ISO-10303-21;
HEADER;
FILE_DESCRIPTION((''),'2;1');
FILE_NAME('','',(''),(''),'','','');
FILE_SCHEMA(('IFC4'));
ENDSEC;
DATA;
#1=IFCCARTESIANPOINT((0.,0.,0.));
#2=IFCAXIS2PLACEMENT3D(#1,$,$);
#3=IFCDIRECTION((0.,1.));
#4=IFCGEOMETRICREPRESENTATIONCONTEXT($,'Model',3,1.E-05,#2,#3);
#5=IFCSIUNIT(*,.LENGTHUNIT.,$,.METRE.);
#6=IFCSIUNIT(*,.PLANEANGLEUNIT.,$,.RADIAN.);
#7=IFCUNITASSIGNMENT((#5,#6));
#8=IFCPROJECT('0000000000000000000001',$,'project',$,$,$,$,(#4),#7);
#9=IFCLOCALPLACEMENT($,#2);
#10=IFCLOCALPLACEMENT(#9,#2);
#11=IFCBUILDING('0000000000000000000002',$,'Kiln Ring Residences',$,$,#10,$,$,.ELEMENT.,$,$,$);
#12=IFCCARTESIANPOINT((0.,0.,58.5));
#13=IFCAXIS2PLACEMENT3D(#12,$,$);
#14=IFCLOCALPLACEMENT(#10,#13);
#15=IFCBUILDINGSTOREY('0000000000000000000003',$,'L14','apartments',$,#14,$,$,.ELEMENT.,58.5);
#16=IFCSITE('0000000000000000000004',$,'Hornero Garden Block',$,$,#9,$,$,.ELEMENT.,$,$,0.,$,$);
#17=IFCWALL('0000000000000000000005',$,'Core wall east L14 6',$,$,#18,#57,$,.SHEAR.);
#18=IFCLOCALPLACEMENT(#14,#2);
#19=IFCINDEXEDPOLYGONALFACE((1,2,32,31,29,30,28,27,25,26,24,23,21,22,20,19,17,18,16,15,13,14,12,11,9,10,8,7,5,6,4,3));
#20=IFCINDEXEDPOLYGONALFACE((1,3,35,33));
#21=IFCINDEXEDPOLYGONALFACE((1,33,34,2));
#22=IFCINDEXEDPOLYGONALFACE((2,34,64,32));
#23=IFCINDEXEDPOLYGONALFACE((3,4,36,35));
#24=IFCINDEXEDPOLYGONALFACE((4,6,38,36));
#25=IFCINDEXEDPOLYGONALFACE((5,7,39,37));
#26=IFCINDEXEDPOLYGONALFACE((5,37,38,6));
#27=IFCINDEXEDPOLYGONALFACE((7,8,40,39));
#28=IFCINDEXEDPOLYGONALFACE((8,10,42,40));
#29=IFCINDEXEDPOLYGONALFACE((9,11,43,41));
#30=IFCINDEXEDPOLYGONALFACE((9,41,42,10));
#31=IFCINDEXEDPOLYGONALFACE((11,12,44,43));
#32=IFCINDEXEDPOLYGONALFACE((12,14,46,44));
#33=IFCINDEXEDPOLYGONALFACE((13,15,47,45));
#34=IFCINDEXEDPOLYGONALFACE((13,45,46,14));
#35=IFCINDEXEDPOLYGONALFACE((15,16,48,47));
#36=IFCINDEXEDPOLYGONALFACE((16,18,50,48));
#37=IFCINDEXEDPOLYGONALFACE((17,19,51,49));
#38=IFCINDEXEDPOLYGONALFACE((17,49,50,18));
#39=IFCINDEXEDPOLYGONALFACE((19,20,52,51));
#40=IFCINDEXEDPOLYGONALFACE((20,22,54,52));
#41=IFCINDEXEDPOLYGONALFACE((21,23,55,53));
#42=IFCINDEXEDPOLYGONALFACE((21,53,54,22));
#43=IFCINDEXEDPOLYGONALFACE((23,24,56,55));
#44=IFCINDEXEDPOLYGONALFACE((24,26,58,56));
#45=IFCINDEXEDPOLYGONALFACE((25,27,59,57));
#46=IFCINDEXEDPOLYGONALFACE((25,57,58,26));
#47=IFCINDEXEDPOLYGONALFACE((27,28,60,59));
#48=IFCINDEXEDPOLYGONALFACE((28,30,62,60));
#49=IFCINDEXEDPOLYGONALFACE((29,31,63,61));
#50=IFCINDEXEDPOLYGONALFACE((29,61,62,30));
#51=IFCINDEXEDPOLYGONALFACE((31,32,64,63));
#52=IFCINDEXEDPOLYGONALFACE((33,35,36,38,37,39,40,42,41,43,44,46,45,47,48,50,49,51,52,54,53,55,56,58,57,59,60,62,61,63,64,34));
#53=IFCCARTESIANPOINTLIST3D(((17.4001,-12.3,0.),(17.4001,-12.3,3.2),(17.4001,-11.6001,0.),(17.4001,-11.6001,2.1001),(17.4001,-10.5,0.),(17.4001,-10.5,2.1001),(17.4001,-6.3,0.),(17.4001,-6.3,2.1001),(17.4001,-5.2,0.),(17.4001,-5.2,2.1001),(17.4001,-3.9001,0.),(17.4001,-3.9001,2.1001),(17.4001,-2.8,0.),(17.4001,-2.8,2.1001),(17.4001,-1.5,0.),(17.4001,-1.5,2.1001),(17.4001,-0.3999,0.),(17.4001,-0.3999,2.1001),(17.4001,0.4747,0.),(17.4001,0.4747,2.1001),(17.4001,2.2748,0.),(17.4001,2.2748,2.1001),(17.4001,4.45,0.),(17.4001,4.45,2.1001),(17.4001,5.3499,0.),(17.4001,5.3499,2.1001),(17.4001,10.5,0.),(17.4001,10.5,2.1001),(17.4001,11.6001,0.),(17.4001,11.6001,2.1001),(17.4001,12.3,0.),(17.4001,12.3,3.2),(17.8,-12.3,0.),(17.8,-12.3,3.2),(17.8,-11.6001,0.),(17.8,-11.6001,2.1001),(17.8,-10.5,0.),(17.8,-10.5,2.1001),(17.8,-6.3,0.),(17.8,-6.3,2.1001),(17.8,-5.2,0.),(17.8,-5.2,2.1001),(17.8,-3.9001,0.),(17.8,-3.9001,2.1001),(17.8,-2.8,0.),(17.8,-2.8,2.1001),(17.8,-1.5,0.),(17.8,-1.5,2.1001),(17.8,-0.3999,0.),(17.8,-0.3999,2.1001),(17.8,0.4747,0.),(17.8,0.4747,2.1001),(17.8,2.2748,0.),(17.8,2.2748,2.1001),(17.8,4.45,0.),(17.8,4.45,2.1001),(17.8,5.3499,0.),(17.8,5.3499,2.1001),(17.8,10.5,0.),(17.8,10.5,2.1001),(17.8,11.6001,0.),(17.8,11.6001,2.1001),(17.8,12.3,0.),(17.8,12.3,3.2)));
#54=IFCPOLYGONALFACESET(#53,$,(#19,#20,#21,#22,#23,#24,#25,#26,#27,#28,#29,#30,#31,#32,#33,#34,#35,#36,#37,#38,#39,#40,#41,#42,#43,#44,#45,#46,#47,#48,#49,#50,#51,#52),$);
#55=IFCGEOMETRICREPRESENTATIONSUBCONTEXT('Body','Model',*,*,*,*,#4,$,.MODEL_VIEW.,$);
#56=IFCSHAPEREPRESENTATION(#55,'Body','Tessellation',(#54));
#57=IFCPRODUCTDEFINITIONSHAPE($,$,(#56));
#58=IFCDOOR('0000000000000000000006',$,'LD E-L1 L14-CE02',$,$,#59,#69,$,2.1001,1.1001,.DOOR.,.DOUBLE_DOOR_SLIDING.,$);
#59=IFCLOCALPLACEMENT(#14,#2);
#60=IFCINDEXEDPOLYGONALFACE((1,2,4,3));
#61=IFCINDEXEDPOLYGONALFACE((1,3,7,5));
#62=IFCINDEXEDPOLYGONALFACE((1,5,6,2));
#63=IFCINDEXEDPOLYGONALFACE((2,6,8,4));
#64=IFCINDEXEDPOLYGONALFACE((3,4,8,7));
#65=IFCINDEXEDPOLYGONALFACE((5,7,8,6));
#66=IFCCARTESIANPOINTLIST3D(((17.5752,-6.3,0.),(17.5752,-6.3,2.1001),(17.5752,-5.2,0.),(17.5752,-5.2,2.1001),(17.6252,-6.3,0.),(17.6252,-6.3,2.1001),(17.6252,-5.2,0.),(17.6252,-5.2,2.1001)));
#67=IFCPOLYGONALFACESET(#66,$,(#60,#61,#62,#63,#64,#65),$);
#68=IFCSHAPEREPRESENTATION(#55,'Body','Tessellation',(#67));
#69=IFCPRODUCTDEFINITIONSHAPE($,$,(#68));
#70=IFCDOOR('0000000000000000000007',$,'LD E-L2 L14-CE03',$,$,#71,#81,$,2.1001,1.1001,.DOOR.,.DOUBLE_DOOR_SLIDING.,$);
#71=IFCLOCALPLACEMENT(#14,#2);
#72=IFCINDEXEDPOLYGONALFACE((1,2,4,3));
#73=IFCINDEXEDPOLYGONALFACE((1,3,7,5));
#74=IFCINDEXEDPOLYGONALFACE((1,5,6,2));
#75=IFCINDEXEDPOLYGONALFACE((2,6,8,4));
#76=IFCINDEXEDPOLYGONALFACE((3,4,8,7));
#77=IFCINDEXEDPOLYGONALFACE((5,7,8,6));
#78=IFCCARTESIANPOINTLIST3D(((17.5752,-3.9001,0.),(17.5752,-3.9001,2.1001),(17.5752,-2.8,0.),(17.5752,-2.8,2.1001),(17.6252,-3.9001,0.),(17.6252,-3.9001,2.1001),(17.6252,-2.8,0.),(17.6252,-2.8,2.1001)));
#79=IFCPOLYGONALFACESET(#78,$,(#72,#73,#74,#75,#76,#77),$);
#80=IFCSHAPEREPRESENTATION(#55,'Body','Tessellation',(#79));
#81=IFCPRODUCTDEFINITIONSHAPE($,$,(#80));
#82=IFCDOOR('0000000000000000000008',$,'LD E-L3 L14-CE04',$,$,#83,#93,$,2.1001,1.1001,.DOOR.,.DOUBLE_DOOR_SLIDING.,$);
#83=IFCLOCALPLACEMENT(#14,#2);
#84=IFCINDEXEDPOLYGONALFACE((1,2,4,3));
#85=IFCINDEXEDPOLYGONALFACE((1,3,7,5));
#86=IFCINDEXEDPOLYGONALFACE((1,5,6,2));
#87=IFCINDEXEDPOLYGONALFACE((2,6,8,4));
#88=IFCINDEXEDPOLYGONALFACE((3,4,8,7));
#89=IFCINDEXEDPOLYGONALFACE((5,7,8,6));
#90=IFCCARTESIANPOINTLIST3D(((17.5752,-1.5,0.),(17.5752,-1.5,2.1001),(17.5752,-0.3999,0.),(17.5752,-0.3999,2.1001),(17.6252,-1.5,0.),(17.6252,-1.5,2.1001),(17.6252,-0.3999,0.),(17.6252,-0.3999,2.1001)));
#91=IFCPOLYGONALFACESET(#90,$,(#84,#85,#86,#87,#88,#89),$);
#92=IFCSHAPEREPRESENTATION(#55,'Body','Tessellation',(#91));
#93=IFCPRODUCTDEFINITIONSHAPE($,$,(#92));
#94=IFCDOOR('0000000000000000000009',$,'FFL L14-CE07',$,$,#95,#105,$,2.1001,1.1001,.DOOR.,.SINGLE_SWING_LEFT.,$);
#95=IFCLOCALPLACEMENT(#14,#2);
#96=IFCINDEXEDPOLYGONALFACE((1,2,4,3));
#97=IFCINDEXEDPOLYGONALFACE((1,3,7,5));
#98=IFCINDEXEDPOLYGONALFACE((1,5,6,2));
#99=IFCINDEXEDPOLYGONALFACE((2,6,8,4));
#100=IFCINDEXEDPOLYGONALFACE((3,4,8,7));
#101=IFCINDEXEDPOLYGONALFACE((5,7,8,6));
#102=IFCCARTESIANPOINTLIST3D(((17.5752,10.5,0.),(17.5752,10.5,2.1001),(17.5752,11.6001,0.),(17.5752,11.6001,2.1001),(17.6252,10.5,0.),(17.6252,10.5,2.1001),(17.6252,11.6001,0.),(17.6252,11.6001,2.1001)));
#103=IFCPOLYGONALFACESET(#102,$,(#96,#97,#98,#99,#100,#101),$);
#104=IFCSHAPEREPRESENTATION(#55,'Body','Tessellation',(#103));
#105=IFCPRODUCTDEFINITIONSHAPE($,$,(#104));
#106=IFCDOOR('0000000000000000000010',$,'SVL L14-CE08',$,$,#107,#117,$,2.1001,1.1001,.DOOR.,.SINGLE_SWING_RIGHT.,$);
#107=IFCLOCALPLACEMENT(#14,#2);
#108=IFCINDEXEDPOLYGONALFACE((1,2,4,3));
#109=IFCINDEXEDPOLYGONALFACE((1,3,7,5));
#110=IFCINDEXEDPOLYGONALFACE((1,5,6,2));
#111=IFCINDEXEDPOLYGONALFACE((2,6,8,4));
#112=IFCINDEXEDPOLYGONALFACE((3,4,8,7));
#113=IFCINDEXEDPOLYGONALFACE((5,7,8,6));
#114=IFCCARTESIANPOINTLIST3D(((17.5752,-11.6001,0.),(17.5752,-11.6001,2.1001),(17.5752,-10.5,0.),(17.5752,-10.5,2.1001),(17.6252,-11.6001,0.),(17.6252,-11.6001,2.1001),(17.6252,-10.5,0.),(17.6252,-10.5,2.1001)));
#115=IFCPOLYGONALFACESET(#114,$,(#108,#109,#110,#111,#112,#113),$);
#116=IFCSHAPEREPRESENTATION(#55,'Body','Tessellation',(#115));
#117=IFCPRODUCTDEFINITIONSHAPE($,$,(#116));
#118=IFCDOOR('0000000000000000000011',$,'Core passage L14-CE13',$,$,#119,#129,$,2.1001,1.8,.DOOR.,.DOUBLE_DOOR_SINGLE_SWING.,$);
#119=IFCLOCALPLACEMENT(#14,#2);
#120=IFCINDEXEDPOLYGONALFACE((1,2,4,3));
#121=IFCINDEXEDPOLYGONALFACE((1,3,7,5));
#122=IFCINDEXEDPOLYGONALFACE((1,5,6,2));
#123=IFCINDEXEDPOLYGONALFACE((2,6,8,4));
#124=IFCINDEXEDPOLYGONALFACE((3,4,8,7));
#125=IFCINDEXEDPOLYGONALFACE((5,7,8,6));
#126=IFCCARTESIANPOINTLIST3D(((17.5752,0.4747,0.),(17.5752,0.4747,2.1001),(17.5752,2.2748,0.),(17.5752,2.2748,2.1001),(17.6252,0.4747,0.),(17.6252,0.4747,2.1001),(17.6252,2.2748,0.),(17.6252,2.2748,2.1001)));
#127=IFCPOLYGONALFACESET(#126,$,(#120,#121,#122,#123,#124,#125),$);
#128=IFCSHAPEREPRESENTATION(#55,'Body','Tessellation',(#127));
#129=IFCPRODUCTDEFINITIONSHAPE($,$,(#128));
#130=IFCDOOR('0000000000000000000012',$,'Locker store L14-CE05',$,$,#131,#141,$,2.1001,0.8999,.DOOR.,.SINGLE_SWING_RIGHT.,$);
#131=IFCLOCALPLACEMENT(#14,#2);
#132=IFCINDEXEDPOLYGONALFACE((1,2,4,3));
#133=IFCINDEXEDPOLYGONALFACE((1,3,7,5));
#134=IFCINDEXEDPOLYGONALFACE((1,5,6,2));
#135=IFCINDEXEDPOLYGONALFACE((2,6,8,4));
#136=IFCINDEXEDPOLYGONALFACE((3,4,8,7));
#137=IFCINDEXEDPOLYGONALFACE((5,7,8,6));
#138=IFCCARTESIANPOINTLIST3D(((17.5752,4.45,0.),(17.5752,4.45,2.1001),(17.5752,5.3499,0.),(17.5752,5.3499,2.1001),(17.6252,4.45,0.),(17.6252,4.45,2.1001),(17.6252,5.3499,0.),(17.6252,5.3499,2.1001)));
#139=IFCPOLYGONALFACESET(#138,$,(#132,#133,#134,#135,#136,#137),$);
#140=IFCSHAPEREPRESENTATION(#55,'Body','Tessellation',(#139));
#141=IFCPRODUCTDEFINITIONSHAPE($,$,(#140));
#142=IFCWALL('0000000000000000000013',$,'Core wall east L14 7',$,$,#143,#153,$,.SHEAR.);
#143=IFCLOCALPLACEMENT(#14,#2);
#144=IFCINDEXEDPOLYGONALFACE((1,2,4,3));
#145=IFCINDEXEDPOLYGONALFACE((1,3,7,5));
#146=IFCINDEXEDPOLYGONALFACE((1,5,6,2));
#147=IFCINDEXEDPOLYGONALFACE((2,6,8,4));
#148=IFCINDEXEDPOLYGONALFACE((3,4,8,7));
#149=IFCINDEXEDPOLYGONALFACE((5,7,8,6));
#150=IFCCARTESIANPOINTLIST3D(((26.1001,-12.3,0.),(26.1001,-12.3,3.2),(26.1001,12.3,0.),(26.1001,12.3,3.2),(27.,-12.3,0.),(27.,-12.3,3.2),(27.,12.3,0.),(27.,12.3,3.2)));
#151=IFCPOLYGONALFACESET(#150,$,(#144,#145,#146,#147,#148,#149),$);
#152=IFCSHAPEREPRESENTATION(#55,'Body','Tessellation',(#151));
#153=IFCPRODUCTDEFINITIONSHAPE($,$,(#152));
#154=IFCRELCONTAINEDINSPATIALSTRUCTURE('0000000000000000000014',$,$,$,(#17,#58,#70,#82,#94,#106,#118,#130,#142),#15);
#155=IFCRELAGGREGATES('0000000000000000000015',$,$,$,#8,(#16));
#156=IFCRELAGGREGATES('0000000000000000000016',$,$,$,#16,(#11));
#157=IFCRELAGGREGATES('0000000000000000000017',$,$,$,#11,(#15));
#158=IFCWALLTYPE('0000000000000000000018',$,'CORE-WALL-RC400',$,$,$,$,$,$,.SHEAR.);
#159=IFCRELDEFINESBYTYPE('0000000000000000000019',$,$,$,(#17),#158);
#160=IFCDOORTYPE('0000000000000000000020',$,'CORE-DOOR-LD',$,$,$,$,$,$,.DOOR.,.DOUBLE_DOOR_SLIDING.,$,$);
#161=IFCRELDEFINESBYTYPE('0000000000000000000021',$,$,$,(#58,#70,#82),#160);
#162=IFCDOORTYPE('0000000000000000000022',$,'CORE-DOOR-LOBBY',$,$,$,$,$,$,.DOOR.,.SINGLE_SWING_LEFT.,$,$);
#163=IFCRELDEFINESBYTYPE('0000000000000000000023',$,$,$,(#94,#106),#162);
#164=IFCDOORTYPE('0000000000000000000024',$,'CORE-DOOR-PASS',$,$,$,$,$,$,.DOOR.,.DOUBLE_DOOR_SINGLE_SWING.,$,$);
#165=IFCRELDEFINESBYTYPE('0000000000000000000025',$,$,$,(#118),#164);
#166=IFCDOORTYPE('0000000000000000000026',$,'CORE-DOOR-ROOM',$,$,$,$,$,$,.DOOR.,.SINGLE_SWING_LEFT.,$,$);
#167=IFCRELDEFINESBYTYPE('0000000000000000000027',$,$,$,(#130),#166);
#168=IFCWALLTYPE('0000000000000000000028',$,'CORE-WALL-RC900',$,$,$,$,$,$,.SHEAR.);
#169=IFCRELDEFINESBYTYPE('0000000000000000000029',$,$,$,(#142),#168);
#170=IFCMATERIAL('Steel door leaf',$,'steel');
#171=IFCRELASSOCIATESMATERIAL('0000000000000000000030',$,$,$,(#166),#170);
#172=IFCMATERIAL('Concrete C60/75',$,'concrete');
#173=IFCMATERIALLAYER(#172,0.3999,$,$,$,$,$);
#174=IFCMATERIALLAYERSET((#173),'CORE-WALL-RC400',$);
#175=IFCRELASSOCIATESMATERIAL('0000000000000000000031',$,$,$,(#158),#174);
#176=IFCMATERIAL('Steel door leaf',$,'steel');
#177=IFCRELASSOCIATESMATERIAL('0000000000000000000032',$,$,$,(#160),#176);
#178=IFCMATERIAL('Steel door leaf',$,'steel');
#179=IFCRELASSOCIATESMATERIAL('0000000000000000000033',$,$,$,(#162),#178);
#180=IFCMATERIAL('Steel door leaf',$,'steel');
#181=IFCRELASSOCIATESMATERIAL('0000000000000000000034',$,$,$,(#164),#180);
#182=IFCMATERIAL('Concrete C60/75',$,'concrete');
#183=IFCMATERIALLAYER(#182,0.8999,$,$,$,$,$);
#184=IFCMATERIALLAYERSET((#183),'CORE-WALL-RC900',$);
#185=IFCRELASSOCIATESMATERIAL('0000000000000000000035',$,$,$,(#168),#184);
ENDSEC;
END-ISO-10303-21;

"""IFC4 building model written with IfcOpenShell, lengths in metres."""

from ifc_helpers import new_model, si_unit, direction, frame, frame_2d, origin, place, context, subcontext, project, spatial, rectangle, extrude, material, layer, layer_set, type_object, element, fill, save


model = new_model("IFC4")

# Units and contexts
model_context = context("Model", 3, precision=1e-05, world=origin(), true_north=direction((0.0, 1.0)))
body_context = subcontext(model_context, "Body", "Model", "MODEL_VIEW")
ifc_project = project(units=[si_unit("LENGTHUNIT", "METRE"), si_unit("PLANEANGLEUNIT", "RADIAN")], contexts=[model_context])

# Site, building, storey
site_placement = place(None, origin())
site = spatial("IfcSite", under=ifc_project, at=site_placement, Name="Hornero Garden Block", CompositionType="ELEMENT", RefElevation=0.0)
building_placement = place(site_placement, origin())
building = spatial("IfcBuilding", under=site, at=building_placement, Name="Kiln Ring Residences", CompositionType="ELEMENT")
storey_placement = place(building_placement, frame((0.0, 0.0, 58.5)))
storey = spatial("IfcBuildingStorey", under=building, at=storey_placement, Name="L14", Description="apartments", CompositionType="ELEMENT", Elevation=58.5)

# Shared definitions
ifc_material_1 = material(Name="Steel door leaf", Category="steel")
door_type_1 = type_object("IfcDoorType", Name="CORE-DOOR-ROOM", OperationType="SINGLE_SWING_LEFT", PredefinedType="DOOR", material=ifc_material_1)

# Wall, openings, doors
ifc_material_2 = material(Name="Concrete C60/75", Category="concrete")
ifc_layer_1 = layer(ifc_material_2, 0.3999)
ifc_layer_set_1 = layer_set([ifc_layer_1], Name="CORE-WALL-RC400")
wall_type_1 = type_object("IfcWallType", Name="CORE-WALL-RC400", PredefinedType="SHEAR", material=ifc_layer_set_1)
wall_1_placement = place(storey_placement, frame((17.6001, -12.3, 0.0), z_axis=(0.0, 0.0, 1.0), x_axis=(0.0, 1.0, 0.0)))
wall_1 = element("IfcWall", 1, at=wall_1_placement, inside=storey, type_object=wall_type_1, Name="Core wall east L14 6", PredefinedType="SHEAR", context=body_context, shape_type="SweptSolid", body=[
    extrude(rectangle(XDim=24.6001, YDim=0.3999, at=frame_2d((12.3, 0.0))), origin(), (0.0, 0.0, 1.0), 3.2),
])
opening_1_placement = place(wall_1_placement, frame((6.0, 0.0, 0.0)))
opening_1 = element("IfcOpeningElement", 2, at=opening_1_placement, cuts=wall_1, PredefinedType="OPENING", context=body_context, shape_type="SweptSolid", body=[
    extrude(rectangle(XDim=1.1001, YDim=2.1001, at=frame_2d((0.55, 1.05))), frame((0.0, 0.21, 0.0), z_axis=(0.0, -1.0, 0.0), x_axis=(1.0, 0.0, 0.0)), (0.0, 0.0, 1.0), 0.4199),
])
opening_2_placement = place(wall_1_placement, frame((8.3999, 0.0, 0.0)))
opening_2 = element("IfcOpeningElement", 3, at=opening_2_placement, cuts=wall_1, PredefinedType="OPENING", context=body_context, shape_type="SweptSolid", body=[
    extrude(rectangle(XDim=1.1001, YDim=2.1001, at=frame_2d((0.55, 1.05))), frame((0.0, 0.21, 0.0), z_axis=(0.0, -1.0, 0.0), x_axis=(1.0, 0.0, 0.0)), (0.0, 0.0, 1.0), 0.4199),
])
opening_3_placement = place(wall_1_placement, frame((10.8, 0.0, 0.0)))
opening_3 = element("IfcOpeningElement", 4, at=opening_3_placement, cuts=wall_1, PredefinedType="OPENING", context=body_context, shape_type="SweptSolid", body=[
    extrude(rectangle(XDim=1.1001, YDim=2.1001, at=frame_2d((0.55, 1.05))), frame((0.0, 0.21, 0.0), z_axis=(0.0, -1.0, 0.0), x_axis=(1.0, 0.0, 0.0)), (0.0, 0.0, 1.0), 0.4199),
])
opening_4_placement = place(wall_1_placement, frame((16.75, 0.0, 0.0)))
opening_4 = element("IfcOpeningElement", 5, at=opening_4_placement, cuts=wall_1, PredefinedType="OPENING", context=body_context, shape_type="SweptSolid", body=[
    extrude(rectangle(XDim=0.8999, YDim=2.1001, at=frame_2d((0.45, 1.05))), frame((0.0, 0.21, 0.0), z_axis=(0.0, -1.0, 0.0), x_axis=(1.0, 0.0, 0.0)), (0.0, 0.0, 1.0), 0.4199),
])
opening_5_placement = place(wall_1_placement, frame((22.8, 0.0, 0.0)))
opening_5 = element("IfcOpeningElement", 6, at=opening_5_placement, cuts=wall_1, PredefinedType="OPENING", context=body_context, shape_type="SweptSolid", body=[
    extrude(rectangle(XDim=1.1001, YDim=2.1001, at=frame_2d((0.55, 1.05))), frame((0.0, 0.21, 0.0), z_axis=(0.0, -1.0, 0.0), x_axis=(1.0, 0.0, 0.0)), (0.0, 0.0, 1.0), 0.4199),
])
opening_6_placement = place(wall_1_placement, frame((0.7, 0.0, 0.0)))
opening_6 = element("IfcOpeningElement", 7, at=opening_6_placement, cuts=wall_1, PredefinedType="OPENING", context=body_context, shape_type="SweptSolid", body=[
    extrude(rectangle(XDim=1.1001, YDim=2.1001, at=frame_2d((0.55, 1.05))), frame((0.0, 0.21, 0.0), z_axis=(0.0, -1.0, 0.0), x_axis=(1.0, 0.0, 0.0)), (0.0, 0.0, 1.0), 0.4199),
])
opening_7_placement = place(wall_1_placement, frame((12.7749, 0.0, 0.0)))
opening_7 = element("IfcOpeningElement", 8, at=opening_7_placement, cuts=wall_1, PredefinedType="OPENING", context=body_context, shape_type="SweptSolid", body=[
    extrude(rectangle(XDim=1.8, YDim=2.1001, at=frame_2d((0.8999, 1.05))), frame((0.0, 0.21, 0.0), z_axis=(0.0, -1.0, 0.0), x_axis=(1.0, 0.0, 0.0)), (0.0, 0.0, 1.0), 0.4199),
])
ifc_material_3 = material(Name="Steel door leaf", Category="steel")
door_type_2 = type_object("IfcDoorType", Name="CORE-DOOR-LD", OperationType="DOUBLE_DOOR_SLIDING", PredefinedType="DOOR", material=ifc_material_3)
door_1_placement = place(opening_1_placement, origin())
door_1 = element("IfcDoor", 9, at=door_1_placement, inside=storey, type_object=door_type_2, Name="LD E-L1 L14-CE02", OperationType="DOUBLE_DOOR_SLIDING", OverallHeight=2.1001, OverallWidth=1.1001, PredefinedType="DOOR", context=body_context, shape_type="SweptSolid", body=[
    extrude(rectangle(XDim=1.1001, YDim=2.1001, at=frame_2d((0.55, 1.05))), frame((0.0, 0.0249, 0.0), z_axis=(0.0, -1.0, 0.0), x_axis=(1.0, 0.0, 0.0)), (0.0, 0.0, 1.0), 0.05),
])
fill(opening_1, door_1)
door_2_placement = place(opening_2_placement, origin())
door_2 = element("IfcDoor", 10, at=door_2_placement, inside=storey, type_object=door_type_2, Name="LD E-L2 L14-CE03", OperationType="DOUBLE_DOOR_SLIDING", OverallHeight=2.1001, OverallWidth=1.1001, PredefinedType="DOOR", context=body_context, shape_type="SweptSolid", body=[
    extrude(rectangle(XDim=1.1001, YDim=2.1001, at=frame_2d((0.55, 1.05))), frame((0.0, 0.0249, 0.0), z_axis=(0.0, -1.0, 0.0), x_axis=(1.0, 0.0, 0.0)), (0.0, 0.0, 1.0), 0.05),
])
fill(opening_2, door_2)
door_3_placement = place(opening_3_placement, origin())
door_3 = element("IfcDoor", 11, at=door_3_placement, inside=storey, type_object=door_type_2, Name="LD E-L3 L14-CE04", OperationType="DOUBLE_DOOR_SLIDING", OverallHeight=2.1001, OverallWidth=1.1001, PredefinedType="DOOR", context=body_context, shape_type="SweptSolid", body=[
    extrude(rectangle(XDim=1.1001, YDim=2.1001, at=frame_2d((0.55, 1.05))), frame((0.0, 0.0249, 0.0), z_axis=(0.0, -1.0, 0.0), x_axis=(1.0, 0.0, 0.0)), (0.0, 0.0, 1.0), 0.05),
])
fill(opening_3, door_3)
ifc_material_4 = material(Name="Steel door leaf", Category="steel")
door_type_3 = type_object("IfcDoorType", Name="CORE-DOOR-LOBBY", OperationType="SINGLE_SWING_LEFT", PredefinedType="DOOR", material=ifc_material_4)
door_4_placement = place(opening_5_placement, origin())
door_4 = element("IfcDoor", 12, at=door_4_placement, inside=storey, type_object=door_type_3, Name="FFL L14-CE07", OperationType="SINGLE_SWING_LEFT", OverallHeight=2.1001, OverallWidth=1.1001, PredefinedType="DOOR", context=body_context, shape_type="SweptSolid", body=[
    extrude(rectangle(XDim=1.1001, YDim=2.1001, at=frame_2d((0.55, 1.05))), frame((0.0, 0.0249, 0.0), z_axis=(0.0, -1.0, 0.0), x_axis=(1.0, 0.0, 0.0)), (0.0, 0.0, 1.0), 0.05),
])
fill(opening_5, door_4)
door_5_placement = place(opening_6_placement, origin())
door_5 = element("IfcDoor", 13, at=door_5_placement, inside=storey, type_object=door_type_3, Name="SVL L14-CE08", OperationType="SINGLE_SWING_RIGHT", OverallHeight=2.1001, OverallWidth=1.1001, PredefinedType="DOOR", context=body_context, shape_type="SweptSolid", body=[
    extrude(rectangle(XDim=1.1001, YDim=2.1001, at=frame_2d((0.55, 1.05))), frame((0.0, 0.0249, 0.0), z_axis=(0.0, -1.0, 0.0), x_axis=(1.0, 0.0, 0.0)), (0.0, 0.0, 1.0), 0.05),
])
fill(opening_6, door_5)
ifc_material_5 = material(Name="Steel door leaf", Category="steel")
door_type_4 = type_object("IfcDoorType", Name="CORE-DOOR-PASS", OperationType="DOUBLE_DOOR_SINGLE_SWING", PredefinedType="DOOR", material=ifc_material_5)
door_6_placement = place(opening_7_placement, origin())
door_6 = element("IfcDoor", 14, at=door_6_placement, inside=storey, type_object=door_type_4, Name="Core passage L14-CE13", OperationType="DOUBLE_DOOR_SINGLE_SWING", OverallHeight=2.1001, OverallWidth=1.8, PredefinedType="DOOR", context=body_context, shape_type="SweptSolid", body=[
    extrude(rectangle(XDim=1.8, YDim=2.1001, at=frame_2d((0.8999, 1.05))), frame((0.0, 0.0249, 0.0), z_axis=(0.0, -1.0, 0.0), x_axis=(1.0, 0.0, 0.0)), (0.0, 0.0, 1.0), 0.05),
])
fill(opening_7, door_6)
door_7_placement = place(opening_4_placement, origin())
door_7 = element("IfcDoor", 15, at=door_7_placement, inside=storey, type_object=door_type_1, Name="Locker store L14-CE05", OperationType="SINGLE_SWING_RIGHT", OverallHeight=2.1001, OverallWidth=0.8999, PredefinedType="DOOR", context=body_context, shape_type="SweptSolid", body=[
    extrude(rectangle(XDim=0.8999, YDim=2.1001, at=frame_2d((0.45, 1.05))), frame((0.0, 0.0249, 0.0), z_axis=(0.0, -1.0, 0.0), x_axis=(1.0, 0.0, 0.0)), (0.0, 0.0, 1.0), 0.05),
])
fill(opening_4, door_7)

# Wall
ifc_material_6 = material(Name="Concrete C60/75", Category="concrete")
ifc_layer_2 = layer(ifc_material_6, 0.8999)
ifc_layer_set_2 = layer_set([ifc_layer_2], Name="CORE-WALL-RC900")
wall_type_2 = type_object("IfcWallType", Name="CORE-WALL-RC900", PredefinedType="SHEAR", material=ifc_layer_set_2)
wall_2_placement = place(storey_placement, frame((26.55, -12.3, 0.0), z_axis=(0.0, 0.0, 1.0), x_axis=(0.0, 1.0, 0.0)))
element("IfcWall", 16, at=wall_2_placement, inside=storey, type_object=wall_type_2, Name="Core wall east L14 7", PredefinedType="SHEAR", context=body_context, shape_type="SweptSolid", body=[
    extrude(rectangle(XDim=24.6001, YDim=0.8999, at=frame_2d((12.3, 0.0))), origin(), (0.0, 0.0, 1.0), 3.2),
])

save(model, "model.ifc")
